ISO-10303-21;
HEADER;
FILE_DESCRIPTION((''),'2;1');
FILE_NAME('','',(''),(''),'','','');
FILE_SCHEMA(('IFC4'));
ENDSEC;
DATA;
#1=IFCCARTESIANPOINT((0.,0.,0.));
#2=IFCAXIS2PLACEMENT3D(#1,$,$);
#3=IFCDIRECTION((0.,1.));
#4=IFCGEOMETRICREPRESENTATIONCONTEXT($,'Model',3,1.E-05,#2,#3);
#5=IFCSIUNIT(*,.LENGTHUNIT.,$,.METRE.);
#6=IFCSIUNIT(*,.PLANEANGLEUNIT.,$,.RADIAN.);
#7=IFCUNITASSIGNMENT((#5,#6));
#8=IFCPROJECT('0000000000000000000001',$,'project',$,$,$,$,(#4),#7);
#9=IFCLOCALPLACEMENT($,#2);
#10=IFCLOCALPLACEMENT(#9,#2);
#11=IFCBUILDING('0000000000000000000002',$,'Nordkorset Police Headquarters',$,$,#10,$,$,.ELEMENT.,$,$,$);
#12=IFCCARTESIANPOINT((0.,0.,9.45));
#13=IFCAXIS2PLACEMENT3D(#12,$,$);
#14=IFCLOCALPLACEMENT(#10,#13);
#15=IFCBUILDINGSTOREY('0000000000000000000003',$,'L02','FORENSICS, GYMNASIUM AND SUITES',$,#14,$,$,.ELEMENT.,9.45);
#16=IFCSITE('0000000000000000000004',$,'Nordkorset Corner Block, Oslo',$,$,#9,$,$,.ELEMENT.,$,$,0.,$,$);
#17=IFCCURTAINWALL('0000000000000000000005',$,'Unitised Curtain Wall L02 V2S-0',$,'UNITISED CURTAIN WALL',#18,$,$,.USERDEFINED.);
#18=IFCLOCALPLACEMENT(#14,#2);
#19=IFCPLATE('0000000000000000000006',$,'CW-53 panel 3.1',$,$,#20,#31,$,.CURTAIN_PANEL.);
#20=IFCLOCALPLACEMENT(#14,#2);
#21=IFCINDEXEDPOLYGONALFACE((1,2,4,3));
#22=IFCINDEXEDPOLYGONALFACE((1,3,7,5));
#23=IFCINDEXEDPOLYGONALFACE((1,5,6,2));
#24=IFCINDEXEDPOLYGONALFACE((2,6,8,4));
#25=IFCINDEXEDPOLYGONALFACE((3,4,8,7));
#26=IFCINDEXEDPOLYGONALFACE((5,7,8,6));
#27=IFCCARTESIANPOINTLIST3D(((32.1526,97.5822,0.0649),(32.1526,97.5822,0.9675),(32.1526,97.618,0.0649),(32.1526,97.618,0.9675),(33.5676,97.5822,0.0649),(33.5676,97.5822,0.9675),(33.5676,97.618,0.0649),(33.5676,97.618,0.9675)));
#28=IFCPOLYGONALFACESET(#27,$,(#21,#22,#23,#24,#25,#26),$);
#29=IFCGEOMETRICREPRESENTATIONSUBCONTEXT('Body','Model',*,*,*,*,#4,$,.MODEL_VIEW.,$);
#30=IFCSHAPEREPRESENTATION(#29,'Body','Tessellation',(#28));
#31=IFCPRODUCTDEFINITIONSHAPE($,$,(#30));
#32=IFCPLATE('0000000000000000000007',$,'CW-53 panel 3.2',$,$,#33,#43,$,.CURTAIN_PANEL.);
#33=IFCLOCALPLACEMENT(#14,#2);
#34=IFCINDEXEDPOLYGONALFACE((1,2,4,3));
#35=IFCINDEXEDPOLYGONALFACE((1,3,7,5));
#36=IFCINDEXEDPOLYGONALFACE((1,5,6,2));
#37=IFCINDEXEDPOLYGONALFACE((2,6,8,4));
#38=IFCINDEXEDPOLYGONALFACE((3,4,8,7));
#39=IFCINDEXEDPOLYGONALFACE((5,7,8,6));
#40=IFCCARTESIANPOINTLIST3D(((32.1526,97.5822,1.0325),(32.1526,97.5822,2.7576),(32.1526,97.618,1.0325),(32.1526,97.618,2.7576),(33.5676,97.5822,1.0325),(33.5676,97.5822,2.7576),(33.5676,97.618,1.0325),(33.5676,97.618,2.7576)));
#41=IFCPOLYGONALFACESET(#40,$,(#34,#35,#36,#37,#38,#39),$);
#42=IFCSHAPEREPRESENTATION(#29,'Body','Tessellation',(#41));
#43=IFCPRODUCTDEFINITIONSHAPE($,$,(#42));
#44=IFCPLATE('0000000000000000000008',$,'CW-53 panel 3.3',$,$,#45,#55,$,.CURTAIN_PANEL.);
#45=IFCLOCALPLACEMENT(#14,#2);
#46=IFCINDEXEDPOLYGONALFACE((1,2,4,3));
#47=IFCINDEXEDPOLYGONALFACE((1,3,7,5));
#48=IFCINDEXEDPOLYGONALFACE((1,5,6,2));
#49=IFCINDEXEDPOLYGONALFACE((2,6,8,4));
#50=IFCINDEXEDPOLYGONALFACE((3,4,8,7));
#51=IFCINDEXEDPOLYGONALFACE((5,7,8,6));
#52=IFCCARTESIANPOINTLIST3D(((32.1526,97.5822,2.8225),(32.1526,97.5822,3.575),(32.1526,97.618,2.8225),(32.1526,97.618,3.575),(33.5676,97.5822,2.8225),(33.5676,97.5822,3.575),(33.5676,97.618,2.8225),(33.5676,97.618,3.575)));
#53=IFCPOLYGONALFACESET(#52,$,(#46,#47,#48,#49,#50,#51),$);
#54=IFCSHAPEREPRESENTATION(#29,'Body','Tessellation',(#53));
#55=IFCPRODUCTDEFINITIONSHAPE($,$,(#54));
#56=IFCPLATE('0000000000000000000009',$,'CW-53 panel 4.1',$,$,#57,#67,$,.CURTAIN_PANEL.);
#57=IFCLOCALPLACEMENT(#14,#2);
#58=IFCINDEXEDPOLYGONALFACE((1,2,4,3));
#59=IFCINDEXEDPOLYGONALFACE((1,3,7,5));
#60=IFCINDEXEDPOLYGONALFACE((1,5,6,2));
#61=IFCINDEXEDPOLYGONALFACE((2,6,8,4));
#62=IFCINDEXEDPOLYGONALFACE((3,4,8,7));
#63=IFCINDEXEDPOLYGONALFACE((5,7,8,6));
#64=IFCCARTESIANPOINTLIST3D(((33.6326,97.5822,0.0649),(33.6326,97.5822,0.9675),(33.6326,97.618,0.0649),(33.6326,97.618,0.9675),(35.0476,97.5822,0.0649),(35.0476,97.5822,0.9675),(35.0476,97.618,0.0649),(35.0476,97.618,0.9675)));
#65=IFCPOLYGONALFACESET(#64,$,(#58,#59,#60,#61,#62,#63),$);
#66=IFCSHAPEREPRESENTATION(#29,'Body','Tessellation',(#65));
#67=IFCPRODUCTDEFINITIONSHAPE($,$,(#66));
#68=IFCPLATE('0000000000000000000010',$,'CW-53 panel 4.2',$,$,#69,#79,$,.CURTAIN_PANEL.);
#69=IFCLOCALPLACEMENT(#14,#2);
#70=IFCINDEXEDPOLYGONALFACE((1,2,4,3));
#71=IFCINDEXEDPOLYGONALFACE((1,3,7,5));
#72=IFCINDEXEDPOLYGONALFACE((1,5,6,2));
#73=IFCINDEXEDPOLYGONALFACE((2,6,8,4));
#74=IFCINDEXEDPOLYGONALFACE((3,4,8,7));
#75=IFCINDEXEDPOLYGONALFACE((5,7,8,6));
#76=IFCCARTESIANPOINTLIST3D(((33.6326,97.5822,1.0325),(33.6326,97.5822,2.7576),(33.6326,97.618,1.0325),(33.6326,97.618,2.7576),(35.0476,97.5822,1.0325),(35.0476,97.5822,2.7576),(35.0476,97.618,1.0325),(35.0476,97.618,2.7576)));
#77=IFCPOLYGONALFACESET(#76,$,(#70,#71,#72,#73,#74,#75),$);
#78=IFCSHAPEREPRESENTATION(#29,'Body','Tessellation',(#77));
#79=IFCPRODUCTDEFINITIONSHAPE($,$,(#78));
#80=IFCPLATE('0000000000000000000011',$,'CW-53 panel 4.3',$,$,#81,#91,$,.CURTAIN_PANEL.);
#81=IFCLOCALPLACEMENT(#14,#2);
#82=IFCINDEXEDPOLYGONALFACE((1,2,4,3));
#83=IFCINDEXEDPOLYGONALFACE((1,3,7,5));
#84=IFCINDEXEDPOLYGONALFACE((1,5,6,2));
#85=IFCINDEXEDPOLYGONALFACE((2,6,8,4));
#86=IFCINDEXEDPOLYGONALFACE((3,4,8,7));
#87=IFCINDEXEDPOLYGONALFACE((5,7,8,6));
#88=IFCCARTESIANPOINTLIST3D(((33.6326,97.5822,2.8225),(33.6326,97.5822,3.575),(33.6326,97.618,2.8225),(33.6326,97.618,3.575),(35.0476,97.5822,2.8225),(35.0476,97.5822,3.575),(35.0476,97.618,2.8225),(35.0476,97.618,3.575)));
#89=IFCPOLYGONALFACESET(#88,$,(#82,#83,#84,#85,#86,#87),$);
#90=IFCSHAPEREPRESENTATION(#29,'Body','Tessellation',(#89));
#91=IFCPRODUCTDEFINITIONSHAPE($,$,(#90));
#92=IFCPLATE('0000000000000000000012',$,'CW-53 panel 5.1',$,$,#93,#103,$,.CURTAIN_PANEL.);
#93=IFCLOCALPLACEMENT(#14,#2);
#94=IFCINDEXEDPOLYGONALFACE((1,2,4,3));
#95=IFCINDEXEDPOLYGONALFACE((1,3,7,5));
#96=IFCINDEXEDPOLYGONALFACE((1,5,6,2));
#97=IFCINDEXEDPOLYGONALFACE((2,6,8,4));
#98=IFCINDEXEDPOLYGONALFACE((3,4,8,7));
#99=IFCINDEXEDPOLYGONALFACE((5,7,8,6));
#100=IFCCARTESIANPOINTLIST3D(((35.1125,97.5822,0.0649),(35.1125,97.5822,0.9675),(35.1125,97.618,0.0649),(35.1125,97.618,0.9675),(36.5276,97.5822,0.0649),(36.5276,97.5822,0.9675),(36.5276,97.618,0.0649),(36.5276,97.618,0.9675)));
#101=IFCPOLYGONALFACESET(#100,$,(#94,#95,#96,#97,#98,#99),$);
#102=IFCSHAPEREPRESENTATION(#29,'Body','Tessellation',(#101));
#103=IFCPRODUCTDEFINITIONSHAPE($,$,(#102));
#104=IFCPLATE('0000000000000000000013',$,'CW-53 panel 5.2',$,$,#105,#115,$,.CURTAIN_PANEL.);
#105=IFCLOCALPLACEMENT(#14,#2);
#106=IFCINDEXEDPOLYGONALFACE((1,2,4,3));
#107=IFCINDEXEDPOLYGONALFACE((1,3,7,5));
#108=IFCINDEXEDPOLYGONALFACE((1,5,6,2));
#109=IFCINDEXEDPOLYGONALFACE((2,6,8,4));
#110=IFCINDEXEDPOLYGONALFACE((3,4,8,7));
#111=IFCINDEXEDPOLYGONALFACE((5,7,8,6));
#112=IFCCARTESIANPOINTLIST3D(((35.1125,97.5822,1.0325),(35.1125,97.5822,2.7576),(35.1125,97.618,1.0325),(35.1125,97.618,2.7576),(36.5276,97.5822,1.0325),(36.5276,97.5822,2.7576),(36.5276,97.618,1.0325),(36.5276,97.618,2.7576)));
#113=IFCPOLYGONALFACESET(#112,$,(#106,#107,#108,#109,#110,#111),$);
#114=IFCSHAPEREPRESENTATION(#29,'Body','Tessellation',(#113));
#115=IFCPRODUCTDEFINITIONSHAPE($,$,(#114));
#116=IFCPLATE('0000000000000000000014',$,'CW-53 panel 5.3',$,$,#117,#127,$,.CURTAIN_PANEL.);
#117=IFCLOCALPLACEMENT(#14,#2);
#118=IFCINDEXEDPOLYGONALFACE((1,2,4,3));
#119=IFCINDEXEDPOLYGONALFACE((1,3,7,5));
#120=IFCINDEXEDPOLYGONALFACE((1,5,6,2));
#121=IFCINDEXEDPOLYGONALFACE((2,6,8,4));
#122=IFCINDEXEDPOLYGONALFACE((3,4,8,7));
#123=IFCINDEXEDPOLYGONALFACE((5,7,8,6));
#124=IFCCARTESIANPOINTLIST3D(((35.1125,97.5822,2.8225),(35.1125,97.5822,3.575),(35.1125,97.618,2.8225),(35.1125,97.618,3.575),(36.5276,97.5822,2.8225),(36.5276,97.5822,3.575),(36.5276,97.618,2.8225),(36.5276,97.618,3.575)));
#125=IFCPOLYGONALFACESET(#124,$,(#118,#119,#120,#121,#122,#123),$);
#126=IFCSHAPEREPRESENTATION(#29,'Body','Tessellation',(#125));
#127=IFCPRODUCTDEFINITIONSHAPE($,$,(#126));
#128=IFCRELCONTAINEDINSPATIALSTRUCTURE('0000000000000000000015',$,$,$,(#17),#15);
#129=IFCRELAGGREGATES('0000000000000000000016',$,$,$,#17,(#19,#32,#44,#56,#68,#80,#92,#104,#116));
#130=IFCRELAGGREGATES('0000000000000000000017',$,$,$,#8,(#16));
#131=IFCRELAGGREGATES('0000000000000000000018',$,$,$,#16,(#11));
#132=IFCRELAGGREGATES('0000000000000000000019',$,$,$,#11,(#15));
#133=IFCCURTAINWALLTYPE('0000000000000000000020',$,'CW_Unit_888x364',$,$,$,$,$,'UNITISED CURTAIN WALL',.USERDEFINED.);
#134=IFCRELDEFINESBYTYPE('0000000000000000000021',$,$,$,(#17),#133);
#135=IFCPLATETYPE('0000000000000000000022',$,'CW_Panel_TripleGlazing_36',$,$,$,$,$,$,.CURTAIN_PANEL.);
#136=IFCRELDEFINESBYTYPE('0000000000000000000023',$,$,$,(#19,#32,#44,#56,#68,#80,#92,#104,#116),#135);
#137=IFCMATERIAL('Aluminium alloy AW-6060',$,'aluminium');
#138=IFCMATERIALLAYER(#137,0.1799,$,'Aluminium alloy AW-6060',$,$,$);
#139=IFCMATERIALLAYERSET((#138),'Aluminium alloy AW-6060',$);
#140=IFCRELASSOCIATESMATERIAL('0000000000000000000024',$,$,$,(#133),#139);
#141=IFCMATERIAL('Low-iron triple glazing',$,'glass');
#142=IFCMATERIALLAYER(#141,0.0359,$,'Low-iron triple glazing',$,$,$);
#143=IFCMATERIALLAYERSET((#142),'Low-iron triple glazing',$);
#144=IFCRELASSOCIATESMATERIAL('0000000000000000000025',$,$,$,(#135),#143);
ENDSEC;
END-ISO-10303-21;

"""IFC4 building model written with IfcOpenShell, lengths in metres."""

from ifc_helpers import new_model, si_unit, direction, frame, origin, origin_2d, place, context, subcontext, project, spatial, rectangle, extrude, material, layer, layer_set, type_object, element, aggregate, save


model = new_model("IFC4")

# Units and contexts
model_context = context("Model", 3, precision=1e-05, world=origin(), true_north=direction((0.0, 1.0)))
body_context = subcontext(model_context, "Body", "Model", "MODEL_VIEW")
ifc_project = project(units=[si_unit("LENGTHUNIT", "METRE"), si_unit("PLANEANGLEUNIT", "RADIAN")], contexts=[model_context])

# Site, building, storey
site_placement = place(None, origin())
site = spatial("IfcSite", under=ifc_project, at=site_placement, Name="Nordkorset Corner Block, Oslo", CompositionType="ELEMENT", RefElevation=0.0)
building_placement = place(site_placement, origin())
building = spatial("IfcBuilding", under=site, at=building_placement, Name="Nordkorset Police Headquarters", CompositionType="ELEMENT")
storey_placement = place(building_placement, frame((0.0, 0.0, 9.45)))
storey = spatial("IfcBuildingStorey", under=building, at=storey_placement, Name="L02", Description="FORENSICS, GYMNASIUM AND SUITES", CompositionType="ELEMENT", Elevation=9.45)

# Curtain wall, plates
ifc_material_1 = material(Name="Aluminium alloy AW-6060", Category="aluminium")
ifc_layer_1 = layer(ifc_material_1, 0.1799, Name="Aluminium alloy AW-6060")
ifc_layer_set_1 = layer_set([ifc_layer_1], Name="Aluminium alloy AW-6060")
curtain_wall_type = type_object("IfcCurtainWallType", Name="CW_Unit_888x364", ElementType="UNITISED CURTAIN WALL", PredefinedType="USERDEFINED", material=ifc_layer_set_1)
curtain_wall_placement = place(storey_placement, origin())
curtain_wall = element("IfcCurtainWall", 1, at=curtain_wall_placement, inside=storey, type_object=curtain_wall_type, Name="Unitised Curtain Wall L02 V2S-0", ObjectType="UNITISED CURTAIN WALL", PredefinedType="USERDEFINED")
ifc_material_2 = material(Name="Low-iron triple glazing", Category="glass")
ifc_layer_2 = layer(ifc_material_2, 0.0359, Name="Low-iron triple glazing")
ifc_layer_set_2 = layer_set([ifc_layer_2], Name="Low-iron triple glazing")
plate_type = type_object("IfcPlateType", Name="CW_Panel_TripleGlazing_36", PredefinedType="CURTAIN_PANEL", material=ifc_layer_set_2)
plate_1_placement = place(storey_placement, frame((32.8601, 97.6001, 0.0649), z_axis=(0.0, 0.0, 1.0), x_axis=(1.0, 0.0, 0.0)))
plate_1 = element("IfcPlate", 2, at=plate_1_placement, type_object=plate_type, Name="CW-53 panel 3.1", PredefinedType="CURTAIN_PANEL", context=body_context, shape_type="SweptSolid", body=[
    extrude(rectangle(XDim=1.415, YDim=0.0359, at=origin_2d()), origin(), (0.0, 0.0, 1.0), 0.9026),
])
plate_2_placement = place(storey_placement, frame((32.8601, 97.6001, 1.0325), z_axis=(0.0, 0.0, 1.0), x_axis=(1.0, 0.0, 0.0)))
plate_2 = element("IfcPlate", 3, at=plate_2_placement, type_object=plate_type, Name="CW-53 panel 3.2", PredefinedType="CURTAIN_PANEL", context=body_context, shape_type="SweptSolid", body=[
    extrude(rectangle(XDim=1.415, YDim=0.0359, at=origin_2d()), origin(), (0.0, 0.0, 1.0), 1.7251),
])
plate_3_placement = place(storey_placement, frame((32.8601, 97.6001, 2.8225), z_axis=(0.0, 0.0, 1.0), x_axis=(1.0, 0.0, 0.0)))
plate_3 = element("IfcPlate", 4, at=plate_3_placement, type_object=plate_type, Name="CW-53 panel 3.3", PredefinedType="CURTAIN_PANEL", context=body_context, shape_type="SweptSolid", body=[
    extrude(rectangle(XDim=1.415, YDim=0.0359, at=origin_2d()), origin(), (0.0, 0.0, 1.0), 0.7524),
])
plate_4_placement = place(storey_placement, frame((34.3401, 97.6001, 0.0649), z_axis=(0.0, 0.0, 1.0), x_axis=(1.0, 0.0, 0.0)))
plate_4 = element("IfcPlate", 5, at=plate_4_placement, type_object=plate_type, Name="CW-53 panel 4.1", PredefinedType="CURTAIN_PANEL", context=body_context, shape_type="SweptSolid", body=[
    extrude(rectangle(XDim=1.415, YDim=0.0359, at=origin_2d()), origin(), (0.0, 0.0, 1.0), 0.9026),
])
plate_5_placement = place(storey_placement, frame((34.3401, 97.6001, 1.0325), z_axis=(0.0, 0.0, 1.0), x_axis=(1.0, 0.0, 0.0)))
plate_5 = element("IfcPlate", 6, at=plate_5_placement, type_object=plate_type, Name="CW-53 panel 4.2", PredefinedType="CURTAIN_PANEL", context=body_context, shape_type="SweptSolid", body=[
    extrude(rectangle(XDim=1.415, YDim=0.0359, at=origin_2d()), origin(), (0.0, 0.0, 1.0), 1.7251),
])
plate_6_placement = place(storey_placement, frame((34.3401, 97.6001, 2.8225), z_axis=(0.0, 0.0, 1.0), x_axis=(1.0, 0.0, 0.0)))
plate_6 = element("IfcPlate", 7, at=plate_6_placement, type_object=plate_type, Name="CW-53 panel 4.3", PredefinedType="CURTAIN_PANEL", context=body_context, shape_type="SweptSolid", body=[
    extrude(rectangle(XDim=1.415, YDim=0.0359, at=origin_2d()), origin(), (0.0, 0.0, 1.0), 0.7524),
])
plate_7_placement = place(storey_placement, frame((35.8201, 97.6001, 0.0649), z_axis=(0.0, 0.0, 1.0), x_axis=(1.0, 0.0, 0.0)))
plate_7 = element("IfcPlate", 8, at=plate_7_placement, type_object=plate_type, Name="CW-53 panel 5.1", PredefinedType="CURTAIN_PANEL", context=body_context, shape_type="SweptSolid", body=[
    extrude(rectangle(XDim=1.415, YDim=0.0359, at=origin_2d()), origin(), (0.0, 0.0, 1.0), 0.9026),
])
plate_8_placement = place(storey_placement, frame((35.8201, 97.6001, 1.0325), z_axis=(0.0, 0.0, 1.0), x_axis=(1.0, 0.0, 0.0)))
plate_8 = element("IfcPlate", 9, at=plate_8_placement, type_object=plate_type, Name="CW-53 panel 5.2", PredefinedType="CURTAIN_PANEL", context=body_context, shape_type="SweptSolid", body=[
    extrude(rectangle(XDim=1.415, YDim=0.0359, at=origin_2d()), origin(), (0.0, 0.0, 1.0), 1.7251),
])
plate_9_placement = place(storey_placement, frame((35.8201, 97.6001, 2.8225), z_axis=(0.0, 0.0, 1.0), x_axis=(1.0, 0.0, 0.0)))
plate_9 = element("IfcPlate", 10, at=plate_9_placement, type_object=plate_type, Name="CW-53 panel 5.3", PredefinedType="CURTAIN_PANEL", context=body_context, shape_type="SweptSolid", body=[
    extrude(rectangle(XDim=1.415, YDim=0.0359, at=origin_2d()), origin(), (0.0, 0.0, 1.0), 0.7524),
])
aggregate(curtain_wall, [plate_1, plate_2, plate_3, plate_4, plate_5, plate_6, plate_7, plate_8, plate_9])

save(model, "model.ifc")
